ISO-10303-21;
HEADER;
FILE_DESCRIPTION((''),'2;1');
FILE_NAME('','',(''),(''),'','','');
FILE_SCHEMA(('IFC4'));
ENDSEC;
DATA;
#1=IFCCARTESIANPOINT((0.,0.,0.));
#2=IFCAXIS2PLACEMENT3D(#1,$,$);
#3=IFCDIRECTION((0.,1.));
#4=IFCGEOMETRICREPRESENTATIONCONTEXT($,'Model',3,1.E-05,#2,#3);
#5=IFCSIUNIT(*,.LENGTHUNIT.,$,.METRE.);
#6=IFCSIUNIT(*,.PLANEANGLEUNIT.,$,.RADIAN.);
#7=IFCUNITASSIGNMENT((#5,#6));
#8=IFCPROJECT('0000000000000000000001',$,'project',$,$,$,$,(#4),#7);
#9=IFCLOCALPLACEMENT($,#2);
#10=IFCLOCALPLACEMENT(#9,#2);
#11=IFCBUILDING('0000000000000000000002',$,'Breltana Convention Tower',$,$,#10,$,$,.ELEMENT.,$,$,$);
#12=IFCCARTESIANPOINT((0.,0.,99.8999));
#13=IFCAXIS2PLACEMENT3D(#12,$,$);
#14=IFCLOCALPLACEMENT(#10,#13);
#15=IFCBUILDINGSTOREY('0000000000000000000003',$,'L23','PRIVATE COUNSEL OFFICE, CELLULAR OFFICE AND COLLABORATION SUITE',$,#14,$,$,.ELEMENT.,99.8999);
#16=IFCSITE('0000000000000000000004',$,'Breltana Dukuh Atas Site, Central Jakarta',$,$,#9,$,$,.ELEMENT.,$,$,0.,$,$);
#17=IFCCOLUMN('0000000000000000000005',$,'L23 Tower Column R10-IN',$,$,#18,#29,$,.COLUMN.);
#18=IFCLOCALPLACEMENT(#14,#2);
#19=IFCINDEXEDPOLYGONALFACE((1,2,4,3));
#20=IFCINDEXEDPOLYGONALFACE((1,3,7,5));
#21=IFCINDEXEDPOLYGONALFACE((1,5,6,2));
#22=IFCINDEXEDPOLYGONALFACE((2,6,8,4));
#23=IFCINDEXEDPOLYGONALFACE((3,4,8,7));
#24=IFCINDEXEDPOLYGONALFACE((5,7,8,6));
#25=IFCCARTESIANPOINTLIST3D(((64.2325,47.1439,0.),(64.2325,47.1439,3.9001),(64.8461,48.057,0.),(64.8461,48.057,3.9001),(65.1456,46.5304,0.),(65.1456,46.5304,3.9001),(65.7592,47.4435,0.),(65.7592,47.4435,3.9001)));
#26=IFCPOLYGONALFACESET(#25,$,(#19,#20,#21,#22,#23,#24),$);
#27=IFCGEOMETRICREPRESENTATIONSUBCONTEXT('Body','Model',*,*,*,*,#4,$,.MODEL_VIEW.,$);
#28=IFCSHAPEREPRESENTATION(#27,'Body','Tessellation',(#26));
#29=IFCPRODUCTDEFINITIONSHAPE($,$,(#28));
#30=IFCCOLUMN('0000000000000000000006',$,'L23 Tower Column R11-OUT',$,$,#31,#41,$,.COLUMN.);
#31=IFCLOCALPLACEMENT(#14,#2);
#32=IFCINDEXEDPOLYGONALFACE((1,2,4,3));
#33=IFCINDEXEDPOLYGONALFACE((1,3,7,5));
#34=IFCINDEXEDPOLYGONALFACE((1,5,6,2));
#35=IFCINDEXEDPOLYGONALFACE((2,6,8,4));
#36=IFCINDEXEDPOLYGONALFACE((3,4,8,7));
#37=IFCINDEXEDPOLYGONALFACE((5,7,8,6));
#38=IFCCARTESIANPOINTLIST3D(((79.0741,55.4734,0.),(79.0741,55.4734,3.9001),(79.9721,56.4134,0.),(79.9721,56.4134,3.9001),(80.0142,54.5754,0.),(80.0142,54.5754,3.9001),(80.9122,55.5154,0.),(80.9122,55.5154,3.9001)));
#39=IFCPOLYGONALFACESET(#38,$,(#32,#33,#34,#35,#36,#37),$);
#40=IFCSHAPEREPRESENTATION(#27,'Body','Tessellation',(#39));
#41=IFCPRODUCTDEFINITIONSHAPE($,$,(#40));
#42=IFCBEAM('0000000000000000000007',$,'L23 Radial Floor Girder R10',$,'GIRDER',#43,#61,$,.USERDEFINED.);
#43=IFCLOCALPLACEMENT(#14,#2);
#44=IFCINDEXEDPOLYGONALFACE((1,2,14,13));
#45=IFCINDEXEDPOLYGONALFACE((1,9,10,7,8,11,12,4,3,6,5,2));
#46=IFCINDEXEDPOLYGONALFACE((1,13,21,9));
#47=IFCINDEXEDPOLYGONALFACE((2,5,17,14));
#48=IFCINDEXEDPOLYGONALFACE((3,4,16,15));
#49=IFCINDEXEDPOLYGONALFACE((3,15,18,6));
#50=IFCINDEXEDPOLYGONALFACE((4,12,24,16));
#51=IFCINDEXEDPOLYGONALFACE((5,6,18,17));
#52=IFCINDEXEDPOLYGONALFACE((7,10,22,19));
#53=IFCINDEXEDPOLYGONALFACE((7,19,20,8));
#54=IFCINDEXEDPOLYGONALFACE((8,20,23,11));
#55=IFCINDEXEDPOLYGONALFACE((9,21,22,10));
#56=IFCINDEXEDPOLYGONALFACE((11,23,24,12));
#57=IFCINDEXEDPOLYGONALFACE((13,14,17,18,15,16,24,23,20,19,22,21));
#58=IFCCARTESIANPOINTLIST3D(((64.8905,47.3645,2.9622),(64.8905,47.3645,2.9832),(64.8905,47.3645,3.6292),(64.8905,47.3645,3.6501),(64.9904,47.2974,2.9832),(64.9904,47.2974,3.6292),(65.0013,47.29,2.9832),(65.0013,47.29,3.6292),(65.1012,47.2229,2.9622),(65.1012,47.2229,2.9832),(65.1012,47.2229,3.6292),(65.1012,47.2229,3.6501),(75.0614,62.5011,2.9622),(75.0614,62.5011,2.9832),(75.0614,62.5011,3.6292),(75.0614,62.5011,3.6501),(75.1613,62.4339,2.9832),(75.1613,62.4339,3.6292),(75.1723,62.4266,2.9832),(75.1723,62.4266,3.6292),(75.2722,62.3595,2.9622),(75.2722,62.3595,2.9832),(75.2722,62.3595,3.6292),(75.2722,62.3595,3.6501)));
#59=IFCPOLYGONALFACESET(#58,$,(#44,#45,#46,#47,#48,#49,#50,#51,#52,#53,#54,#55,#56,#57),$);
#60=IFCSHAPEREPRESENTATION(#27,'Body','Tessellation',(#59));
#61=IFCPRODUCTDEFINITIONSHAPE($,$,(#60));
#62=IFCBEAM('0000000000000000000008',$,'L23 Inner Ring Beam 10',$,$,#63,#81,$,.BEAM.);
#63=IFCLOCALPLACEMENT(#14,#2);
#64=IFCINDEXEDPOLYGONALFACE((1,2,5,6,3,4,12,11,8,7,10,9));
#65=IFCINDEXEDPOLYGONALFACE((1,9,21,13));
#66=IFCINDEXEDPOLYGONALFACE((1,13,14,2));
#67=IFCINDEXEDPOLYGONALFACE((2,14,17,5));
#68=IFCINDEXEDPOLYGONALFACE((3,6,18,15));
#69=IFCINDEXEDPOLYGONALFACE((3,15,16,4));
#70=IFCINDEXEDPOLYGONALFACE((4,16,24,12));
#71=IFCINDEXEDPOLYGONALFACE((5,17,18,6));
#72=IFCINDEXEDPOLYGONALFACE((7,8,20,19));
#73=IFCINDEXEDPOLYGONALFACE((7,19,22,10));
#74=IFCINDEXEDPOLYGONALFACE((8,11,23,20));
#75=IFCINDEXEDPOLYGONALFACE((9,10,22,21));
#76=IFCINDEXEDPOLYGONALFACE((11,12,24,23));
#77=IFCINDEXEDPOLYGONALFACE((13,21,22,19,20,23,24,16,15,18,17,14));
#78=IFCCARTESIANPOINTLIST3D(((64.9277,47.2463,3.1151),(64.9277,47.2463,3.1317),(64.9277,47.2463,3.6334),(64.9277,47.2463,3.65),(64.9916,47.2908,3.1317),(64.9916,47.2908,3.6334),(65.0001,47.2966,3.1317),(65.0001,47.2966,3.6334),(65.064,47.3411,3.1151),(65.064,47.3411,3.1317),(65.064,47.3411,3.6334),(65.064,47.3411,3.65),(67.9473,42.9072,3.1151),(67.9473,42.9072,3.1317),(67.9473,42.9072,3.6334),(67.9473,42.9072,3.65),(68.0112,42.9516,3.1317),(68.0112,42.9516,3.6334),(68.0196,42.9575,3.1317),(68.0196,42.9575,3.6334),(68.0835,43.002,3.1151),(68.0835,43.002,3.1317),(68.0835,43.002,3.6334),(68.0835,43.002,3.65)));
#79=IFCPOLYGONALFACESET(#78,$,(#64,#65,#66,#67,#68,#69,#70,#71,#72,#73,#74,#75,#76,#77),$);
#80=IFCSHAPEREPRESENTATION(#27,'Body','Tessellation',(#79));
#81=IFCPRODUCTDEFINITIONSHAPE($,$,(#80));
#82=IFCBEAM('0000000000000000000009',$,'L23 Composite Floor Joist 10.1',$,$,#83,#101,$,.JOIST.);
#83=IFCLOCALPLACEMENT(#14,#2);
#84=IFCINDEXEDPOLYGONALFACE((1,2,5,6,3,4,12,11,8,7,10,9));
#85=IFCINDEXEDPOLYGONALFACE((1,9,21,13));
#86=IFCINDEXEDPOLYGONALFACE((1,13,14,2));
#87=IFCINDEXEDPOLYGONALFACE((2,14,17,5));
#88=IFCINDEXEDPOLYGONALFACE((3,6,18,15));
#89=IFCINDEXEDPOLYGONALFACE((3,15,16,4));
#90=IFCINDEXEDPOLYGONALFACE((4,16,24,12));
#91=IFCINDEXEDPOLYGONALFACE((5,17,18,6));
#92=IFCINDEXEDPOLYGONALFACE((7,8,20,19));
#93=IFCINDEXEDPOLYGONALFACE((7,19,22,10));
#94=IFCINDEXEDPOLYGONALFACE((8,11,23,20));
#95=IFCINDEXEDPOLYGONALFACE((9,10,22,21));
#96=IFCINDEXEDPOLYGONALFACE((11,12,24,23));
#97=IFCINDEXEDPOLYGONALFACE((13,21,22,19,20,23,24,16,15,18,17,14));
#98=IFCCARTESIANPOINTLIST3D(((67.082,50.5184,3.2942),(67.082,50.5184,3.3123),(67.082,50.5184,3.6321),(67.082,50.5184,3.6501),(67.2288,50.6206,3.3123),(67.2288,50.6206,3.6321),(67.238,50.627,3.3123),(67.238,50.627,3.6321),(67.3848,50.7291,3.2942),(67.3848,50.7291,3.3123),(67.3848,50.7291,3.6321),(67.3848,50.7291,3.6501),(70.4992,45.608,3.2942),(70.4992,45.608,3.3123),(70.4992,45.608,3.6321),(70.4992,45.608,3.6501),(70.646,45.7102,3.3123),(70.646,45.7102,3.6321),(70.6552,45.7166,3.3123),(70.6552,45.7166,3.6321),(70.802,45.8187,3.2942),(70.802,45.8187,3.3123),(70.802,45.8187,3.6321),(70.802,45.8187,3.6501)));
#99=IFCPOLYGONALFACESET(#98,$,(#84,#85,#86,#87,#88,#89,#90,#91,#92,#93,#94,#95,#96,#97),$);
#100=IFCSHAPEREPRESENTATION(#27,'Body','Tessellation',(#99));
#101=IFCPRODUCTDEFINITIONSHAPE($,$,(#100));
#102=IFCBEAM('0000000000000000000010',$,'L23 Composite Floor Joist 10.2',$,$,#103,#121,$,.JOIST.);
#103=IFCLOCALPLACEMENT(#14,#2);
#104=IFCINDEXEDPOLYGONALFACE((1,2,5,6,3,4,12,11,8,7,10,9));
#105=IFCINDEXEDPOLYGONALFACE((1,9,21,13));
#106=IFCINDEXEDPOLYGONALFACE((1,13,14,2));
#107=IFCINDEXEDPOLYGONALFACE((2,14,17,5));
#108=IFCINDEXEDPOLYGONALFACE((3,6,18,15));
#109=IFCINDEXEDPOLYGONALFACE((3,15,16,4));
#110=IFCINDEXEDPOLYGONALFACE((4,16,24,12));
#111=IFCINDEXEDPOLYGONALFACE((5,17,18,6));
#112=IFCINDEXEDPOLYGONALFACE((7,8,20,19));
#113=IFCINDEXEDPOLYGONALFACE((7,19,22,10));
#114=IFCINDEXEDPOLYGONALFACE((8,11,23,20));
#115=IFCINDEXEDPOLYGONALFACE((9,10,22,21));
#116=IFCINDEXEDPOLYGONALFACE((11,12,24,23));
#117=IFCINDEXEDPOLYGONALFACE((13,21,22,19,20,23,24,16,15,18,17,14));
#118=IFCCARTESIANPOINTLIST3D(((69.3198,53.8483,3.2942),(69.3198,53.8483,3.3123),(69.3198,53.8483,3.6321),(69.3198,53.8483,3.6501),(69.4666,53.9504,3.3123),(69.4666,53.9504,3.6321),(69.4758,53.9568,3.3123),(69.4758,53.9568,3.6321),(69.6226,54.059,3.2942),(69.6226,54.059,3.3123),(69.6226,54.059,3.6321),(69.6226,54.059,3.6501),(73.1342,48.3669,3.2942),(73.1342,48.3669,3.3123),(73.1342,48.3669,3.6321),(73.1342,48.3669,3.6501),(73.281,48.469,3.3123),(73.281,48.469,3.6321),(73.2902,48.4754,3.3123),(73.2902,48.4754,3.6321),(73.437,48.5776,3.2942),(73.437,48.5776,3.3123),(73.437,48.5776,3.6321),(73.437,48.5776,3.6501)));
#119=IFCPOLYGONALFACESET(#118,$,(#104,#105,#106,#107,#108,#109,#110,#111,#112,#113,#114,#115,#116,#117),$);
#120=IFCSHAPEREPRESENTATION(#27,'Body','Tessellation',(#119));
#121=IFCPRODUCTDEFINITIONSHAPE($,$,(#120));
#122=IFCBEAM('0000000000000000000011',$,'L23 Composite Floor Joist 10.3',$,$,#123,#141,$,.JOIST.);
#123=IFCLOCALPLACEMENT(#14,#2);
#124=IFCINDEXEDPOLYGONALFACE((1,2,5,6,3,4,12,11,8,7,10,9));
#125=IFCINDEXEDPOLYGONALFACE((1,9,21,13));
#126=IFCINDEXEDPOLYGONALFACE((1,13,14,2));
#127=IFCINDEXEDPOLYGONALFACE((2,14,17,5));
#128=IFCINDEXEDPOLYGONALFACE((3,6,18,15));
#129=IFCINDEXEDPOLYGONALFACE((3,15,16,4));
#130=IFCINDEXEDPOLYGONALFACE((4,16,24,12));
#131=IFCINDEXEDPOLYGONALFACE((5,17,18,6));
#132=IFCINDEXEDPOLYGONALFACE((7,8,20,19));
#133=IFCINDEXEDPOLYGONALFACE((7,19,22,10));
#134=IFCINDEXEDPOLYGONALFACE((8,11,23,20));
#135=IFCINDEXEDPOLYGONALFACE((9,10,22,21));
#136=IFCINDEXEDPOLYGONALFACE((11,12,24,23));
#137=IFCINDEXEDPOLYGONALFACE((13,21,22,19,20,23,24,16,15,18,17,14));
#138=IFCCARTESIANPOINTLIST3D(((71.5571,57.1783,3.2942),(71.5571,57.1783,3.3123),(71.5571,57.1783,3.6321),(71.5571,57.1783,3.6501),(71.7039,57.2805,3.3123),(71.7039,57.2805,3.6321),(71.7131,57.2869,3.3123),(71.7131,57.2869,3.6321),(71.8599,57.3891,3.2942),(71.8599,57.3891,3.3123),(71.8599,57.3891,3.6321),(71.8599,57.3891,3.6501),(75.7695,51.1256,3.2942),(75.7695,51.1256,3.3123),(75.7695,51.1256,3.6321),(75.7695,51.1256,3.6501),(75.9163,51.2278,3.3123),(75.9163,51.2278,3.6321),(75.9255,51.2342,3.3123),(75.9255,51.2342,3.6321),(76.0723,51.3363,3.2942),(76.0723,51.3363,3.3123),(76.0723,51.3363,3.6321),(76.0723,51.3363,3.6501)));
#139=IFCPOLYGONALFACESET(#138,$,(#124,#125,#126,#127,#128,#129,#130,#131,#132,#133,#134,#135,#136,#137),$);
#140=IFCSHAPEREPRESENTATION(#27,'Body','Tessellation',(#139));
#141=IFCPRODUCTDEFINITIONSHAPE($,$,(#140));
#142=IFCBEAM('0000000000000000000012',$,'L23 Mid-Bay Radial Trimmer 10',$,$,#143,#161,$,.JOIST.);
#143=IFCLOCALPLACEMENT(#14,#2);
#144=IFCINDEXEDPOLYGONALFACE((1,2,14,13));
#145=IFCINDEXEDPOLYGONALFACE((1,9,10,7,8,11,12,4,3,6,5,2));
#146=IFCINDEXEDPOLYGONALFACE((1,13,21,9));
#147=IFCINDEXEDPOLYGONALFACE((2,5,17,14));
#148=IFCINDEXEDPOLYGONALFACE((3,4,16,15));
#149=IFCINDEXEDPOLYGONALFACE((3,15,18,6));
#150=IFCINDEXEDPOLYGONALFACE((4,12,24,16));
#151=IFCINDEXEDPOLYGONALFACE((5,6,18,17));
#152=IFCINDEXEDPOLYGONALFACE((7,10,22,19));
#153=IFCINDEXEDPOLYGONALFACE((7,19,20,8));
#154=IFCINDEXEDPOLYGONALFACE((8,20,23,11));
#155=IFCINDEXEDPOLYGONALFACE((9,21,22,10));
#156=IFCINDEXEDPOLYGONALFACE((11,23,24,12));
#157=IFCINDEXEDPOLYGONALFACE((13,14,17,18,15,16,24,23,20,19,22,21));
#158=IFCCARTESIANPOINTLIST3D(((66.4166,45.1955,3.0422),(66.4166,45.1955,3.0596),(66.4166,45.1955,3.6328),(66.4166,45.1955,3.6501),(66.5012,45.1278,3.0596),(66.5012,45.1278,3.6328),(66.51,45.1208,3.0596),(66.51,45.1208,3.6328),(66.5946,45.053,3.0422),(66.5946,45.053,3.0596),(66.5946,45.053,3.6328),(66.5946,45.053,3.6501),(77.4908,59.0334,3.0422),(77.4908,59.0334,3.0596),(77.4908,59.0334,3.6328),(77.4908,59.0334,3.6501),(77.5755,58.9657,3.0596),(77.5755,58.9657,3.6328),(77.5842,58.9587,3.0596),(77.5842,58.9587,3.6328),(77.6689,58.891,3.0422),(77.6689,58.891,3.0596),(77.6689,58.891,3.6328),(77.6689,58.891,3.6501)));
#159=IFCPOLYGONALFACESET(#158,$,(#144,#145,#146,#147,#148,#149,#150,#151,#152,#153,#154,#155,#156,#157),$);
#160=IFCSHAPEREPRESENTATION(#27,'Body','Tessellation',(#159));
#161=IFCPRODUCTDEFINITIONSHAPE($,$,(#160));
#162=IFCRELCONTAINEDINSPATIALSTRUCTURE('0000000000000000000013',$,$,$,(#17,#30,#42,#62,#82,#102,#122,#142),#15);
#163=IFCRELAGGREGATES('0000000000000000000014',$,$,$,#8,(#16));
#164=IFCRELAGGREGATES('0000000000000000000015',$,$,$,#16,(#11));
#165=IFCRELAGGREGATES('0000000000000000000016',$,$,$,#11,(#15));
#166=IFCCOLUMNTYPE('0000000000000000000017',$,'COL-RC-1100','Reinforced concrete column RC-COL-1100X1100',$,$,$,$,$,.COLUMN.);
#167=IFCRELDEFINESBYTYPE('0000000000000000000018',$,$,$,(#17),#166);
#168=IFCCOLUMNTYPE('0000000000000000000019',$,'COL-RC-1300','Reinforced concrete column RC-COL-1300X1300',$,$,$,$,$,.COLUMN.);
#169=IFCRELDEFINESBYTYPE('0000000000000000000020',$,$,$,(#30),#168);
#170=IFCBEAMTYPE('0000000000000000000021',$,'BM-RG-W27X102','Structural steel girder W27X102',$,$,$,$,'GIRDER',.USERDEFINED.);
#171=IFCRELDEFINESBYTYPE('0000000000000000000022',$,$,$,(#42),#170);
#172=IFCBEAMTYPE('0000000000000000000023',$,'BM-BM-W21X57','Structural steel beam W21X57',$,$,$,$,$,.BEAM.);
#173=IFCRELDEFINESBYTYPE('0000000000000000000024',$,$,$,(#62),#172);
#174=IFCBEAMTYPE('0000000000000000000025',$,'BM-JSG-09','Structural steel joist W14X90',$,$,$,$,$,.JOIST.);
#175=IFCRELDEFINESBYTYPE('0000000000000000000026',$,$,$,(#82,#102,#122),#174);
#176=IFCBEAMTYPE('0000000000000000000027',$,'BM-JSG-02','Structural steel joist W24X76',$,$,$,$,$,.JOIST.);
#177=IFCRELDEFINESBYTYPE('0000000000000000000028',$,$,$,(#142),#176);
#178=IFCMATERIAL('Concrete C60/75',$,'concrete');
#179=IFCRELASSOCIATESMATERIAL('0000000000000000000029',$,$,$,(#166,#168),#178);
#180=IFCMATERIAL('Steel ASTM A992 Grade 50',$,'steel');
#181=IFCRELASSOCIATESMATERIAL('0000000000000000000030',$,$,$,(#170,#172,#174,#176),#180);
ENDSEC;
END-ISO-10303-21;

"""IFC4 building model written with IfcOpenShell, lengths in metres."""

from ifc_helpers import new_model, si_unit, direction, frame, origin, origin_2d, place, context, subcontext, project, spatial, rectangle, i_section, extrude, source, transform, mapped, material, material_profile, profile_set, type_object, element, save


model = new_model("IFC4")

# Units and contexts
model_context = context("Model", 3, precision=1e-05, world=origin(), true_north=direction((0.0, 1.0)))
body_context = subcontext(model_context, "Body", "Model", "MODEL_VIEW")
ifc_project = project(units=[si_unit("LENGTHUNIT", "METRE"), si_unit("PLANEANGLEUNIT", "RADIAN")], contexts=[model_context])

# Site, building, storey
site_placement = place(None, origin())
site = spatial("IfcSite", under=ifc_project, at=site_placement, Name="Breltana Dukuh Atas Site, Central Jakarta", CompositionType="ELEMENT", RefElevation=0.0)
building_placement = place(site_placement, origin())
building = spatial("IfcBuilding", under=site, at=building_placement, Name="Breltana Convention Tower", CompositionType="ELEMENT")
storey_placement = place(building_placement, frame((0.0, 0.0, 99.8999)))
storey = spatial("IfcBuildingStorey", under=building, at=storey_placement, Name="L23", Description="PRIVATE COUNSEL OFFICE, CELLULAR OFFICE AND COLLABORATION SUITE", CompositionType="ELEMENT", Elevation=99.8999)

# Columns
ifc_material_1 = material(Name="Concrete C60/75", Category="concrete")
ifc_material_profile_1 = material_profile(ifc_material_1, rectangle(XDim=1.1001, YDim=1.1001, at=origin_2d()), Name="RC-COL-1100X1100")
ifc_profile_set_1 = profile_set([ifc_material_profile_1], Name="Concrete C60/75")
column_type_1 = type_object("IfcColumnType", Name="COL-RC-1100", Description="Reinforced concrete column RC-COL-1100X1100", PredefinedType="COLUMN", material=ifc_profile_set_1)
shared_shape_1 = source(origin(), body_context, "Body", "SweptSolid", [
    extrude(rectangle(XDim=1.1001, YDim=1.1001, at=origin_2d()), origin(), (0.0, 0.0, 1.0), 3.9001),
])
column_1_placement = place(storey_placement, frame((64.9958, 47.2937, 0.0), z_axis=(0.0, 0.0, 1.0), x_axis=(0.557745, 0.830012, 0.0)))
element("IfcColumn", 1, at=column_1_placement, inside=storey, type_object=column_type_1, Name="L23 Tower Column R10-IN", PredefinedType="COLUMN", context=body_context, shape_type="MappedRepresentation", body=[
    mapped(shared_shape_1, transform((0.0, 0.0, 0.0), scale=1.0)),
])
ifc_material_profile_2 = material_profile(ifc_material_1, rectangle(XDim=1.3, YDim=1.3, at=origin_2d()), Name="RC-COL-1300X1300")
ifc_profile_set_2 = profile_set([ifc_material_profile_2], Name="Concrete C60/75")
column_type_2 = type_object("IfcColumnType", Name="COL-RC-1300", Description="Reinforced concrete column RC-COL-1300X1300", PredefinedType="COLUMN", material=ifc_profile_set_2)
shared_shape_2 = source(origin(), body_context, "Body", "SweptSolid", [
    extrude(rectangle(XDim=1.3, YDim=1.3, at=origin_2d()), origin(), (0.0, 0.0, 1.0), 3.9001),
])
column_2_placement = place(storey_placement, frame((79.9932, 55.4944, 0.0), z_axis=(0.0, 0.0, 1.0), x_axis=(0.690756, 0.723088, 0.0)))
element("IfcColumn", 2, at=column_2_placement, inside=storey, type_object=column_type_2, Name="L23 Tower Column R11-OUT", PredefinedType="COLUMN", context=body_context, shape_type="MappedRepresentation", body=[
    mapped(shared_shape_2, transform((0.0, 0.0, 0.0), scale=1.0)),
])

# Beams
ifc_material_2 = material(Name="Steel ASTM A992 Grade 50", Category="steel")
ifc_material_profile_3 = material_profile(ifc_material_2, i_section(OverallWidth=0.2539, OverallDepth=0.688, WebThickness=0.0132, FlangeThickness=0.021, at=origin_2d()), Name="W27X102")
ifc_profile_set_3 = profile_set([ifc_material_profile_3], Name="Steel ASTM A992 Grade 50")
beam_type_1 = type_object("IfcBeamType", Name="BM-RG-W27X102", Description="Structural steel girder W27X102", ElementType="GIRDER", PredefinedType="USERDEFINED", material=ifc_profile_set_3)
shared_shape_3 = source(origin(), body_context, "Body", "SweptSolid", [
    extrude(i_section(OverallWidth=0.2539, OverallDepth=0.688, WebThickness=0.0132, FlangeThickness=0.021, at=origin_2d()), origin(), (0.0, 0.0, 1.0), 18.2363),
])
beam_1_placement = place(storey_placement, frame((64.9958, 47.2937, 3.3062), z_axis=(0.55773, 0.830022, 0.0), x_axis=(-0.830022, 0.55773, 0.0)))
element("IfcBeam", 3, at=beam_1_placement, inside=storey, type_object=beam_type_1, Name="L23 Radial Floor Girder R10", ObjectType="GIRDER", PredefinedType="USERDEFINED", context=body_context, shape_type="MappedRepresentation", body=[
    mapped(shared_shape_3, transform((0.0, 0.0, 0.0), scale=1.0)),
])
ifc_material_profile_4 = material_profile(ifc_material_2, i_section(OverallWidth=0.166, OverallDepth=0.5349, WebThickness=0.0103, FlangeThickness=0.0166, at=origin_2d()), Name="W21X57")
ifc_profile_set_4 = profile_set([ifc_material_profile_4], Name="Steel ASTM A992 Grade 50")
beam_type_2 = type_object("IfcBeamType", Name="BM-BM-W21X57", Description="Structural steel beam W21X57", PredefinedType="BEAM", material=ifc_profile_set_4)
shared_shape_4 = source(origin(), body_context, "Body", "SweptSolid", [
    extrude(i_section(OverallWidth=0.166, OverallDepth=0.5349, WebThickness=0.0103, FlangeThickness=0.0166, at=origin_2d()), origin(), (0.0, 0.0, 1.0), 5.2864),
])
beam_2_placement = place(storey_placement, frame((64.9958, 47.2937, 3.3826), z_axis=(0.571194, -0.820815, 0.0), x_axis=(0.820815, 0.571194, 0.0)))
element("IfcBeam", 4, at=beam_2_placement, inside=storey, type_object=beam_type_2, Name="L23 Inner Ring Beam 10", PredefinedType="BEAM", context=body_context, shape_type="MappedRepresentation", body=[
    mapped(shared_shape_4, transform((0.0, 0.0, 0.0), scale=1.0)),
])
ifc_material_profile_5 = material_profile(ifc_material_2, i_section(OverallWidth=0.3689, OverallDepth=0.356, WebThickness=0.0112, FlangeThickness=0.0181, at=origin_2d()), Name="W14X90")
ifc_profile_set_5 = profile_set([ifc_material_profile_5], Name="Steel ASTM A992 Grade 50")
beam_type_3 = type_object("IfcBeamType", Name="BM-JSG-09", Description="Structural steel joist W14X90", PredefinedType="JOIST", material=ifc_profile_set_5)
shared_shape_5 = source(origin(), body_context, "Body", "SweptSolid", [
    extrude(i_section(OverallWidth=0.3689, OverallDepth=0.356, WebThickness=0.0112, FlangeThickness=0.0181, at=origin_2d()), origin(), (0.0, 0.0, 1.0), 5.9824),
])
beam_3_placement = place(storey_placement, frame((67.2334, 50.6238, 3.4722), z_axis=(0.571212, -0.820803, 0.0), x_axis=(0.820803, 0.571212, 0.0)))
element("IfcBeam", 5, at=beam_3_placement, inside=storey, type_object=beam_type_3, Name="L23 Composite Floor Joist 10.1", PredefinedType="JOIST", context=body_context, shape_type="MappedRepresentation", body=[
    mapped(shared_shape_5, transform((0.0, 0.0, 0.0), scale=1.0)),
])
shared_shape_6 = source(origin(), body_context, "Body", "SweptSolid", [
    extrude(i_section(OverallWidth=0.3689, OverallDepth=0.356, WebThickness=0.0112, FlangeThickness=0.0181, at=origin_2d()), origin(), (0.0, 0.0, 1.0), 6.678),
])
beam_4_placement = place(storey_placement, frame((69.4712, 53.9536, 3.4722), z_axis=(0.571193, -0.820816, 0.0), x_axis=(0.820816, 0.571193, 0.0)))
element("IfcBeam", 6, at=beam_4_placement, inside=storey, type_object=beam_type_3, Name="L23 Composite Floor Joist 10.2", PredefinedType="JOIST", context=body_context, shape_type="MappedRepresentation", body=[
    mapped(shared_shape_6, transform((0.0, 0.0, 0.0), scale=1.0)),
])
shared_shape_7 = source(origin(), body_context, "Body", "SweptSolid", [
    extrude(i_section(OverallWidth=0.3689, OverallDepth=0.356, WebThickness=0.0112, FlangeThickness=0.0181, at=origin_2d()), origin(), (0.0, 0.0, 1.0), 7.3743),
])
beam_5_placement = place(storey_placement, frame((71.7085, 57.2837, 3.4722), z_axis=(0.571229, -0.82079, 0.0), x_axis=(0.82079, 0.571229, 0.0)))
element("IfcBeam", 7, at=beam_5_placement, inside=storey, type_object=beam_type_3, Name="L23 Composite Floor Joist 10.3", PredefinedType="JOIST", context=body_context, shape_type="MappedRepresentation", body=[
    mapped(shared_shape_7, transform((0.0, 0.0, 0.0), scale=1.0)),
])
ifc_material_profile_6 = material_profile(ifc_material_2, i_section(OverallWidth=0.228, OverallDepth=0.6079, WebThickness=0.0112, FlangeThickness=0.0173, at=origin_2d()), Name="W24X76")
ifc_profile_set_6 = profile_set([ifc_material_profile_6], Name="Steel ASTM A992 Grade 50")
beam_type_4 = type_object("IfcBeamType", Name="BM-JSG-02", Description="Structural steel joist W24X76", PredefinedType="JOIST", material=ifc_profile_set_6)
shared_shape_8 = source(origin(), body_context, "Body", "SweptSolid", [
    extrude(i_section(OverallWidth=0.228, OverallDepth=0.6079, WebThickness=0.0112, FlangeThickness=0.0173, at=origin_2d()), origin(), (0.0, 0.0, 1.0), 17.7236),
])
beam_6_placement = place(storey_placement, frame((66.5056, 45.1243, 3.3462), z_axis=(0.624829, 0.780761, 0.0), x_axis=(-0.780761, 0.624829, 0.0)))
element("IfcBeam", 8, at=beam_6_placement, inside=storey, type_object=beam_type_4, Name="L23 Mid-Bay Radial Trimmer 10", PredefinedType="JOIST", context=body_context, shape_type="MappedRepresentation", body=[
    mapped(shared_shape_8, transform((0.0, 0.0, 0.0), scale=1.0)),
])

save(model, "model.ifc")
